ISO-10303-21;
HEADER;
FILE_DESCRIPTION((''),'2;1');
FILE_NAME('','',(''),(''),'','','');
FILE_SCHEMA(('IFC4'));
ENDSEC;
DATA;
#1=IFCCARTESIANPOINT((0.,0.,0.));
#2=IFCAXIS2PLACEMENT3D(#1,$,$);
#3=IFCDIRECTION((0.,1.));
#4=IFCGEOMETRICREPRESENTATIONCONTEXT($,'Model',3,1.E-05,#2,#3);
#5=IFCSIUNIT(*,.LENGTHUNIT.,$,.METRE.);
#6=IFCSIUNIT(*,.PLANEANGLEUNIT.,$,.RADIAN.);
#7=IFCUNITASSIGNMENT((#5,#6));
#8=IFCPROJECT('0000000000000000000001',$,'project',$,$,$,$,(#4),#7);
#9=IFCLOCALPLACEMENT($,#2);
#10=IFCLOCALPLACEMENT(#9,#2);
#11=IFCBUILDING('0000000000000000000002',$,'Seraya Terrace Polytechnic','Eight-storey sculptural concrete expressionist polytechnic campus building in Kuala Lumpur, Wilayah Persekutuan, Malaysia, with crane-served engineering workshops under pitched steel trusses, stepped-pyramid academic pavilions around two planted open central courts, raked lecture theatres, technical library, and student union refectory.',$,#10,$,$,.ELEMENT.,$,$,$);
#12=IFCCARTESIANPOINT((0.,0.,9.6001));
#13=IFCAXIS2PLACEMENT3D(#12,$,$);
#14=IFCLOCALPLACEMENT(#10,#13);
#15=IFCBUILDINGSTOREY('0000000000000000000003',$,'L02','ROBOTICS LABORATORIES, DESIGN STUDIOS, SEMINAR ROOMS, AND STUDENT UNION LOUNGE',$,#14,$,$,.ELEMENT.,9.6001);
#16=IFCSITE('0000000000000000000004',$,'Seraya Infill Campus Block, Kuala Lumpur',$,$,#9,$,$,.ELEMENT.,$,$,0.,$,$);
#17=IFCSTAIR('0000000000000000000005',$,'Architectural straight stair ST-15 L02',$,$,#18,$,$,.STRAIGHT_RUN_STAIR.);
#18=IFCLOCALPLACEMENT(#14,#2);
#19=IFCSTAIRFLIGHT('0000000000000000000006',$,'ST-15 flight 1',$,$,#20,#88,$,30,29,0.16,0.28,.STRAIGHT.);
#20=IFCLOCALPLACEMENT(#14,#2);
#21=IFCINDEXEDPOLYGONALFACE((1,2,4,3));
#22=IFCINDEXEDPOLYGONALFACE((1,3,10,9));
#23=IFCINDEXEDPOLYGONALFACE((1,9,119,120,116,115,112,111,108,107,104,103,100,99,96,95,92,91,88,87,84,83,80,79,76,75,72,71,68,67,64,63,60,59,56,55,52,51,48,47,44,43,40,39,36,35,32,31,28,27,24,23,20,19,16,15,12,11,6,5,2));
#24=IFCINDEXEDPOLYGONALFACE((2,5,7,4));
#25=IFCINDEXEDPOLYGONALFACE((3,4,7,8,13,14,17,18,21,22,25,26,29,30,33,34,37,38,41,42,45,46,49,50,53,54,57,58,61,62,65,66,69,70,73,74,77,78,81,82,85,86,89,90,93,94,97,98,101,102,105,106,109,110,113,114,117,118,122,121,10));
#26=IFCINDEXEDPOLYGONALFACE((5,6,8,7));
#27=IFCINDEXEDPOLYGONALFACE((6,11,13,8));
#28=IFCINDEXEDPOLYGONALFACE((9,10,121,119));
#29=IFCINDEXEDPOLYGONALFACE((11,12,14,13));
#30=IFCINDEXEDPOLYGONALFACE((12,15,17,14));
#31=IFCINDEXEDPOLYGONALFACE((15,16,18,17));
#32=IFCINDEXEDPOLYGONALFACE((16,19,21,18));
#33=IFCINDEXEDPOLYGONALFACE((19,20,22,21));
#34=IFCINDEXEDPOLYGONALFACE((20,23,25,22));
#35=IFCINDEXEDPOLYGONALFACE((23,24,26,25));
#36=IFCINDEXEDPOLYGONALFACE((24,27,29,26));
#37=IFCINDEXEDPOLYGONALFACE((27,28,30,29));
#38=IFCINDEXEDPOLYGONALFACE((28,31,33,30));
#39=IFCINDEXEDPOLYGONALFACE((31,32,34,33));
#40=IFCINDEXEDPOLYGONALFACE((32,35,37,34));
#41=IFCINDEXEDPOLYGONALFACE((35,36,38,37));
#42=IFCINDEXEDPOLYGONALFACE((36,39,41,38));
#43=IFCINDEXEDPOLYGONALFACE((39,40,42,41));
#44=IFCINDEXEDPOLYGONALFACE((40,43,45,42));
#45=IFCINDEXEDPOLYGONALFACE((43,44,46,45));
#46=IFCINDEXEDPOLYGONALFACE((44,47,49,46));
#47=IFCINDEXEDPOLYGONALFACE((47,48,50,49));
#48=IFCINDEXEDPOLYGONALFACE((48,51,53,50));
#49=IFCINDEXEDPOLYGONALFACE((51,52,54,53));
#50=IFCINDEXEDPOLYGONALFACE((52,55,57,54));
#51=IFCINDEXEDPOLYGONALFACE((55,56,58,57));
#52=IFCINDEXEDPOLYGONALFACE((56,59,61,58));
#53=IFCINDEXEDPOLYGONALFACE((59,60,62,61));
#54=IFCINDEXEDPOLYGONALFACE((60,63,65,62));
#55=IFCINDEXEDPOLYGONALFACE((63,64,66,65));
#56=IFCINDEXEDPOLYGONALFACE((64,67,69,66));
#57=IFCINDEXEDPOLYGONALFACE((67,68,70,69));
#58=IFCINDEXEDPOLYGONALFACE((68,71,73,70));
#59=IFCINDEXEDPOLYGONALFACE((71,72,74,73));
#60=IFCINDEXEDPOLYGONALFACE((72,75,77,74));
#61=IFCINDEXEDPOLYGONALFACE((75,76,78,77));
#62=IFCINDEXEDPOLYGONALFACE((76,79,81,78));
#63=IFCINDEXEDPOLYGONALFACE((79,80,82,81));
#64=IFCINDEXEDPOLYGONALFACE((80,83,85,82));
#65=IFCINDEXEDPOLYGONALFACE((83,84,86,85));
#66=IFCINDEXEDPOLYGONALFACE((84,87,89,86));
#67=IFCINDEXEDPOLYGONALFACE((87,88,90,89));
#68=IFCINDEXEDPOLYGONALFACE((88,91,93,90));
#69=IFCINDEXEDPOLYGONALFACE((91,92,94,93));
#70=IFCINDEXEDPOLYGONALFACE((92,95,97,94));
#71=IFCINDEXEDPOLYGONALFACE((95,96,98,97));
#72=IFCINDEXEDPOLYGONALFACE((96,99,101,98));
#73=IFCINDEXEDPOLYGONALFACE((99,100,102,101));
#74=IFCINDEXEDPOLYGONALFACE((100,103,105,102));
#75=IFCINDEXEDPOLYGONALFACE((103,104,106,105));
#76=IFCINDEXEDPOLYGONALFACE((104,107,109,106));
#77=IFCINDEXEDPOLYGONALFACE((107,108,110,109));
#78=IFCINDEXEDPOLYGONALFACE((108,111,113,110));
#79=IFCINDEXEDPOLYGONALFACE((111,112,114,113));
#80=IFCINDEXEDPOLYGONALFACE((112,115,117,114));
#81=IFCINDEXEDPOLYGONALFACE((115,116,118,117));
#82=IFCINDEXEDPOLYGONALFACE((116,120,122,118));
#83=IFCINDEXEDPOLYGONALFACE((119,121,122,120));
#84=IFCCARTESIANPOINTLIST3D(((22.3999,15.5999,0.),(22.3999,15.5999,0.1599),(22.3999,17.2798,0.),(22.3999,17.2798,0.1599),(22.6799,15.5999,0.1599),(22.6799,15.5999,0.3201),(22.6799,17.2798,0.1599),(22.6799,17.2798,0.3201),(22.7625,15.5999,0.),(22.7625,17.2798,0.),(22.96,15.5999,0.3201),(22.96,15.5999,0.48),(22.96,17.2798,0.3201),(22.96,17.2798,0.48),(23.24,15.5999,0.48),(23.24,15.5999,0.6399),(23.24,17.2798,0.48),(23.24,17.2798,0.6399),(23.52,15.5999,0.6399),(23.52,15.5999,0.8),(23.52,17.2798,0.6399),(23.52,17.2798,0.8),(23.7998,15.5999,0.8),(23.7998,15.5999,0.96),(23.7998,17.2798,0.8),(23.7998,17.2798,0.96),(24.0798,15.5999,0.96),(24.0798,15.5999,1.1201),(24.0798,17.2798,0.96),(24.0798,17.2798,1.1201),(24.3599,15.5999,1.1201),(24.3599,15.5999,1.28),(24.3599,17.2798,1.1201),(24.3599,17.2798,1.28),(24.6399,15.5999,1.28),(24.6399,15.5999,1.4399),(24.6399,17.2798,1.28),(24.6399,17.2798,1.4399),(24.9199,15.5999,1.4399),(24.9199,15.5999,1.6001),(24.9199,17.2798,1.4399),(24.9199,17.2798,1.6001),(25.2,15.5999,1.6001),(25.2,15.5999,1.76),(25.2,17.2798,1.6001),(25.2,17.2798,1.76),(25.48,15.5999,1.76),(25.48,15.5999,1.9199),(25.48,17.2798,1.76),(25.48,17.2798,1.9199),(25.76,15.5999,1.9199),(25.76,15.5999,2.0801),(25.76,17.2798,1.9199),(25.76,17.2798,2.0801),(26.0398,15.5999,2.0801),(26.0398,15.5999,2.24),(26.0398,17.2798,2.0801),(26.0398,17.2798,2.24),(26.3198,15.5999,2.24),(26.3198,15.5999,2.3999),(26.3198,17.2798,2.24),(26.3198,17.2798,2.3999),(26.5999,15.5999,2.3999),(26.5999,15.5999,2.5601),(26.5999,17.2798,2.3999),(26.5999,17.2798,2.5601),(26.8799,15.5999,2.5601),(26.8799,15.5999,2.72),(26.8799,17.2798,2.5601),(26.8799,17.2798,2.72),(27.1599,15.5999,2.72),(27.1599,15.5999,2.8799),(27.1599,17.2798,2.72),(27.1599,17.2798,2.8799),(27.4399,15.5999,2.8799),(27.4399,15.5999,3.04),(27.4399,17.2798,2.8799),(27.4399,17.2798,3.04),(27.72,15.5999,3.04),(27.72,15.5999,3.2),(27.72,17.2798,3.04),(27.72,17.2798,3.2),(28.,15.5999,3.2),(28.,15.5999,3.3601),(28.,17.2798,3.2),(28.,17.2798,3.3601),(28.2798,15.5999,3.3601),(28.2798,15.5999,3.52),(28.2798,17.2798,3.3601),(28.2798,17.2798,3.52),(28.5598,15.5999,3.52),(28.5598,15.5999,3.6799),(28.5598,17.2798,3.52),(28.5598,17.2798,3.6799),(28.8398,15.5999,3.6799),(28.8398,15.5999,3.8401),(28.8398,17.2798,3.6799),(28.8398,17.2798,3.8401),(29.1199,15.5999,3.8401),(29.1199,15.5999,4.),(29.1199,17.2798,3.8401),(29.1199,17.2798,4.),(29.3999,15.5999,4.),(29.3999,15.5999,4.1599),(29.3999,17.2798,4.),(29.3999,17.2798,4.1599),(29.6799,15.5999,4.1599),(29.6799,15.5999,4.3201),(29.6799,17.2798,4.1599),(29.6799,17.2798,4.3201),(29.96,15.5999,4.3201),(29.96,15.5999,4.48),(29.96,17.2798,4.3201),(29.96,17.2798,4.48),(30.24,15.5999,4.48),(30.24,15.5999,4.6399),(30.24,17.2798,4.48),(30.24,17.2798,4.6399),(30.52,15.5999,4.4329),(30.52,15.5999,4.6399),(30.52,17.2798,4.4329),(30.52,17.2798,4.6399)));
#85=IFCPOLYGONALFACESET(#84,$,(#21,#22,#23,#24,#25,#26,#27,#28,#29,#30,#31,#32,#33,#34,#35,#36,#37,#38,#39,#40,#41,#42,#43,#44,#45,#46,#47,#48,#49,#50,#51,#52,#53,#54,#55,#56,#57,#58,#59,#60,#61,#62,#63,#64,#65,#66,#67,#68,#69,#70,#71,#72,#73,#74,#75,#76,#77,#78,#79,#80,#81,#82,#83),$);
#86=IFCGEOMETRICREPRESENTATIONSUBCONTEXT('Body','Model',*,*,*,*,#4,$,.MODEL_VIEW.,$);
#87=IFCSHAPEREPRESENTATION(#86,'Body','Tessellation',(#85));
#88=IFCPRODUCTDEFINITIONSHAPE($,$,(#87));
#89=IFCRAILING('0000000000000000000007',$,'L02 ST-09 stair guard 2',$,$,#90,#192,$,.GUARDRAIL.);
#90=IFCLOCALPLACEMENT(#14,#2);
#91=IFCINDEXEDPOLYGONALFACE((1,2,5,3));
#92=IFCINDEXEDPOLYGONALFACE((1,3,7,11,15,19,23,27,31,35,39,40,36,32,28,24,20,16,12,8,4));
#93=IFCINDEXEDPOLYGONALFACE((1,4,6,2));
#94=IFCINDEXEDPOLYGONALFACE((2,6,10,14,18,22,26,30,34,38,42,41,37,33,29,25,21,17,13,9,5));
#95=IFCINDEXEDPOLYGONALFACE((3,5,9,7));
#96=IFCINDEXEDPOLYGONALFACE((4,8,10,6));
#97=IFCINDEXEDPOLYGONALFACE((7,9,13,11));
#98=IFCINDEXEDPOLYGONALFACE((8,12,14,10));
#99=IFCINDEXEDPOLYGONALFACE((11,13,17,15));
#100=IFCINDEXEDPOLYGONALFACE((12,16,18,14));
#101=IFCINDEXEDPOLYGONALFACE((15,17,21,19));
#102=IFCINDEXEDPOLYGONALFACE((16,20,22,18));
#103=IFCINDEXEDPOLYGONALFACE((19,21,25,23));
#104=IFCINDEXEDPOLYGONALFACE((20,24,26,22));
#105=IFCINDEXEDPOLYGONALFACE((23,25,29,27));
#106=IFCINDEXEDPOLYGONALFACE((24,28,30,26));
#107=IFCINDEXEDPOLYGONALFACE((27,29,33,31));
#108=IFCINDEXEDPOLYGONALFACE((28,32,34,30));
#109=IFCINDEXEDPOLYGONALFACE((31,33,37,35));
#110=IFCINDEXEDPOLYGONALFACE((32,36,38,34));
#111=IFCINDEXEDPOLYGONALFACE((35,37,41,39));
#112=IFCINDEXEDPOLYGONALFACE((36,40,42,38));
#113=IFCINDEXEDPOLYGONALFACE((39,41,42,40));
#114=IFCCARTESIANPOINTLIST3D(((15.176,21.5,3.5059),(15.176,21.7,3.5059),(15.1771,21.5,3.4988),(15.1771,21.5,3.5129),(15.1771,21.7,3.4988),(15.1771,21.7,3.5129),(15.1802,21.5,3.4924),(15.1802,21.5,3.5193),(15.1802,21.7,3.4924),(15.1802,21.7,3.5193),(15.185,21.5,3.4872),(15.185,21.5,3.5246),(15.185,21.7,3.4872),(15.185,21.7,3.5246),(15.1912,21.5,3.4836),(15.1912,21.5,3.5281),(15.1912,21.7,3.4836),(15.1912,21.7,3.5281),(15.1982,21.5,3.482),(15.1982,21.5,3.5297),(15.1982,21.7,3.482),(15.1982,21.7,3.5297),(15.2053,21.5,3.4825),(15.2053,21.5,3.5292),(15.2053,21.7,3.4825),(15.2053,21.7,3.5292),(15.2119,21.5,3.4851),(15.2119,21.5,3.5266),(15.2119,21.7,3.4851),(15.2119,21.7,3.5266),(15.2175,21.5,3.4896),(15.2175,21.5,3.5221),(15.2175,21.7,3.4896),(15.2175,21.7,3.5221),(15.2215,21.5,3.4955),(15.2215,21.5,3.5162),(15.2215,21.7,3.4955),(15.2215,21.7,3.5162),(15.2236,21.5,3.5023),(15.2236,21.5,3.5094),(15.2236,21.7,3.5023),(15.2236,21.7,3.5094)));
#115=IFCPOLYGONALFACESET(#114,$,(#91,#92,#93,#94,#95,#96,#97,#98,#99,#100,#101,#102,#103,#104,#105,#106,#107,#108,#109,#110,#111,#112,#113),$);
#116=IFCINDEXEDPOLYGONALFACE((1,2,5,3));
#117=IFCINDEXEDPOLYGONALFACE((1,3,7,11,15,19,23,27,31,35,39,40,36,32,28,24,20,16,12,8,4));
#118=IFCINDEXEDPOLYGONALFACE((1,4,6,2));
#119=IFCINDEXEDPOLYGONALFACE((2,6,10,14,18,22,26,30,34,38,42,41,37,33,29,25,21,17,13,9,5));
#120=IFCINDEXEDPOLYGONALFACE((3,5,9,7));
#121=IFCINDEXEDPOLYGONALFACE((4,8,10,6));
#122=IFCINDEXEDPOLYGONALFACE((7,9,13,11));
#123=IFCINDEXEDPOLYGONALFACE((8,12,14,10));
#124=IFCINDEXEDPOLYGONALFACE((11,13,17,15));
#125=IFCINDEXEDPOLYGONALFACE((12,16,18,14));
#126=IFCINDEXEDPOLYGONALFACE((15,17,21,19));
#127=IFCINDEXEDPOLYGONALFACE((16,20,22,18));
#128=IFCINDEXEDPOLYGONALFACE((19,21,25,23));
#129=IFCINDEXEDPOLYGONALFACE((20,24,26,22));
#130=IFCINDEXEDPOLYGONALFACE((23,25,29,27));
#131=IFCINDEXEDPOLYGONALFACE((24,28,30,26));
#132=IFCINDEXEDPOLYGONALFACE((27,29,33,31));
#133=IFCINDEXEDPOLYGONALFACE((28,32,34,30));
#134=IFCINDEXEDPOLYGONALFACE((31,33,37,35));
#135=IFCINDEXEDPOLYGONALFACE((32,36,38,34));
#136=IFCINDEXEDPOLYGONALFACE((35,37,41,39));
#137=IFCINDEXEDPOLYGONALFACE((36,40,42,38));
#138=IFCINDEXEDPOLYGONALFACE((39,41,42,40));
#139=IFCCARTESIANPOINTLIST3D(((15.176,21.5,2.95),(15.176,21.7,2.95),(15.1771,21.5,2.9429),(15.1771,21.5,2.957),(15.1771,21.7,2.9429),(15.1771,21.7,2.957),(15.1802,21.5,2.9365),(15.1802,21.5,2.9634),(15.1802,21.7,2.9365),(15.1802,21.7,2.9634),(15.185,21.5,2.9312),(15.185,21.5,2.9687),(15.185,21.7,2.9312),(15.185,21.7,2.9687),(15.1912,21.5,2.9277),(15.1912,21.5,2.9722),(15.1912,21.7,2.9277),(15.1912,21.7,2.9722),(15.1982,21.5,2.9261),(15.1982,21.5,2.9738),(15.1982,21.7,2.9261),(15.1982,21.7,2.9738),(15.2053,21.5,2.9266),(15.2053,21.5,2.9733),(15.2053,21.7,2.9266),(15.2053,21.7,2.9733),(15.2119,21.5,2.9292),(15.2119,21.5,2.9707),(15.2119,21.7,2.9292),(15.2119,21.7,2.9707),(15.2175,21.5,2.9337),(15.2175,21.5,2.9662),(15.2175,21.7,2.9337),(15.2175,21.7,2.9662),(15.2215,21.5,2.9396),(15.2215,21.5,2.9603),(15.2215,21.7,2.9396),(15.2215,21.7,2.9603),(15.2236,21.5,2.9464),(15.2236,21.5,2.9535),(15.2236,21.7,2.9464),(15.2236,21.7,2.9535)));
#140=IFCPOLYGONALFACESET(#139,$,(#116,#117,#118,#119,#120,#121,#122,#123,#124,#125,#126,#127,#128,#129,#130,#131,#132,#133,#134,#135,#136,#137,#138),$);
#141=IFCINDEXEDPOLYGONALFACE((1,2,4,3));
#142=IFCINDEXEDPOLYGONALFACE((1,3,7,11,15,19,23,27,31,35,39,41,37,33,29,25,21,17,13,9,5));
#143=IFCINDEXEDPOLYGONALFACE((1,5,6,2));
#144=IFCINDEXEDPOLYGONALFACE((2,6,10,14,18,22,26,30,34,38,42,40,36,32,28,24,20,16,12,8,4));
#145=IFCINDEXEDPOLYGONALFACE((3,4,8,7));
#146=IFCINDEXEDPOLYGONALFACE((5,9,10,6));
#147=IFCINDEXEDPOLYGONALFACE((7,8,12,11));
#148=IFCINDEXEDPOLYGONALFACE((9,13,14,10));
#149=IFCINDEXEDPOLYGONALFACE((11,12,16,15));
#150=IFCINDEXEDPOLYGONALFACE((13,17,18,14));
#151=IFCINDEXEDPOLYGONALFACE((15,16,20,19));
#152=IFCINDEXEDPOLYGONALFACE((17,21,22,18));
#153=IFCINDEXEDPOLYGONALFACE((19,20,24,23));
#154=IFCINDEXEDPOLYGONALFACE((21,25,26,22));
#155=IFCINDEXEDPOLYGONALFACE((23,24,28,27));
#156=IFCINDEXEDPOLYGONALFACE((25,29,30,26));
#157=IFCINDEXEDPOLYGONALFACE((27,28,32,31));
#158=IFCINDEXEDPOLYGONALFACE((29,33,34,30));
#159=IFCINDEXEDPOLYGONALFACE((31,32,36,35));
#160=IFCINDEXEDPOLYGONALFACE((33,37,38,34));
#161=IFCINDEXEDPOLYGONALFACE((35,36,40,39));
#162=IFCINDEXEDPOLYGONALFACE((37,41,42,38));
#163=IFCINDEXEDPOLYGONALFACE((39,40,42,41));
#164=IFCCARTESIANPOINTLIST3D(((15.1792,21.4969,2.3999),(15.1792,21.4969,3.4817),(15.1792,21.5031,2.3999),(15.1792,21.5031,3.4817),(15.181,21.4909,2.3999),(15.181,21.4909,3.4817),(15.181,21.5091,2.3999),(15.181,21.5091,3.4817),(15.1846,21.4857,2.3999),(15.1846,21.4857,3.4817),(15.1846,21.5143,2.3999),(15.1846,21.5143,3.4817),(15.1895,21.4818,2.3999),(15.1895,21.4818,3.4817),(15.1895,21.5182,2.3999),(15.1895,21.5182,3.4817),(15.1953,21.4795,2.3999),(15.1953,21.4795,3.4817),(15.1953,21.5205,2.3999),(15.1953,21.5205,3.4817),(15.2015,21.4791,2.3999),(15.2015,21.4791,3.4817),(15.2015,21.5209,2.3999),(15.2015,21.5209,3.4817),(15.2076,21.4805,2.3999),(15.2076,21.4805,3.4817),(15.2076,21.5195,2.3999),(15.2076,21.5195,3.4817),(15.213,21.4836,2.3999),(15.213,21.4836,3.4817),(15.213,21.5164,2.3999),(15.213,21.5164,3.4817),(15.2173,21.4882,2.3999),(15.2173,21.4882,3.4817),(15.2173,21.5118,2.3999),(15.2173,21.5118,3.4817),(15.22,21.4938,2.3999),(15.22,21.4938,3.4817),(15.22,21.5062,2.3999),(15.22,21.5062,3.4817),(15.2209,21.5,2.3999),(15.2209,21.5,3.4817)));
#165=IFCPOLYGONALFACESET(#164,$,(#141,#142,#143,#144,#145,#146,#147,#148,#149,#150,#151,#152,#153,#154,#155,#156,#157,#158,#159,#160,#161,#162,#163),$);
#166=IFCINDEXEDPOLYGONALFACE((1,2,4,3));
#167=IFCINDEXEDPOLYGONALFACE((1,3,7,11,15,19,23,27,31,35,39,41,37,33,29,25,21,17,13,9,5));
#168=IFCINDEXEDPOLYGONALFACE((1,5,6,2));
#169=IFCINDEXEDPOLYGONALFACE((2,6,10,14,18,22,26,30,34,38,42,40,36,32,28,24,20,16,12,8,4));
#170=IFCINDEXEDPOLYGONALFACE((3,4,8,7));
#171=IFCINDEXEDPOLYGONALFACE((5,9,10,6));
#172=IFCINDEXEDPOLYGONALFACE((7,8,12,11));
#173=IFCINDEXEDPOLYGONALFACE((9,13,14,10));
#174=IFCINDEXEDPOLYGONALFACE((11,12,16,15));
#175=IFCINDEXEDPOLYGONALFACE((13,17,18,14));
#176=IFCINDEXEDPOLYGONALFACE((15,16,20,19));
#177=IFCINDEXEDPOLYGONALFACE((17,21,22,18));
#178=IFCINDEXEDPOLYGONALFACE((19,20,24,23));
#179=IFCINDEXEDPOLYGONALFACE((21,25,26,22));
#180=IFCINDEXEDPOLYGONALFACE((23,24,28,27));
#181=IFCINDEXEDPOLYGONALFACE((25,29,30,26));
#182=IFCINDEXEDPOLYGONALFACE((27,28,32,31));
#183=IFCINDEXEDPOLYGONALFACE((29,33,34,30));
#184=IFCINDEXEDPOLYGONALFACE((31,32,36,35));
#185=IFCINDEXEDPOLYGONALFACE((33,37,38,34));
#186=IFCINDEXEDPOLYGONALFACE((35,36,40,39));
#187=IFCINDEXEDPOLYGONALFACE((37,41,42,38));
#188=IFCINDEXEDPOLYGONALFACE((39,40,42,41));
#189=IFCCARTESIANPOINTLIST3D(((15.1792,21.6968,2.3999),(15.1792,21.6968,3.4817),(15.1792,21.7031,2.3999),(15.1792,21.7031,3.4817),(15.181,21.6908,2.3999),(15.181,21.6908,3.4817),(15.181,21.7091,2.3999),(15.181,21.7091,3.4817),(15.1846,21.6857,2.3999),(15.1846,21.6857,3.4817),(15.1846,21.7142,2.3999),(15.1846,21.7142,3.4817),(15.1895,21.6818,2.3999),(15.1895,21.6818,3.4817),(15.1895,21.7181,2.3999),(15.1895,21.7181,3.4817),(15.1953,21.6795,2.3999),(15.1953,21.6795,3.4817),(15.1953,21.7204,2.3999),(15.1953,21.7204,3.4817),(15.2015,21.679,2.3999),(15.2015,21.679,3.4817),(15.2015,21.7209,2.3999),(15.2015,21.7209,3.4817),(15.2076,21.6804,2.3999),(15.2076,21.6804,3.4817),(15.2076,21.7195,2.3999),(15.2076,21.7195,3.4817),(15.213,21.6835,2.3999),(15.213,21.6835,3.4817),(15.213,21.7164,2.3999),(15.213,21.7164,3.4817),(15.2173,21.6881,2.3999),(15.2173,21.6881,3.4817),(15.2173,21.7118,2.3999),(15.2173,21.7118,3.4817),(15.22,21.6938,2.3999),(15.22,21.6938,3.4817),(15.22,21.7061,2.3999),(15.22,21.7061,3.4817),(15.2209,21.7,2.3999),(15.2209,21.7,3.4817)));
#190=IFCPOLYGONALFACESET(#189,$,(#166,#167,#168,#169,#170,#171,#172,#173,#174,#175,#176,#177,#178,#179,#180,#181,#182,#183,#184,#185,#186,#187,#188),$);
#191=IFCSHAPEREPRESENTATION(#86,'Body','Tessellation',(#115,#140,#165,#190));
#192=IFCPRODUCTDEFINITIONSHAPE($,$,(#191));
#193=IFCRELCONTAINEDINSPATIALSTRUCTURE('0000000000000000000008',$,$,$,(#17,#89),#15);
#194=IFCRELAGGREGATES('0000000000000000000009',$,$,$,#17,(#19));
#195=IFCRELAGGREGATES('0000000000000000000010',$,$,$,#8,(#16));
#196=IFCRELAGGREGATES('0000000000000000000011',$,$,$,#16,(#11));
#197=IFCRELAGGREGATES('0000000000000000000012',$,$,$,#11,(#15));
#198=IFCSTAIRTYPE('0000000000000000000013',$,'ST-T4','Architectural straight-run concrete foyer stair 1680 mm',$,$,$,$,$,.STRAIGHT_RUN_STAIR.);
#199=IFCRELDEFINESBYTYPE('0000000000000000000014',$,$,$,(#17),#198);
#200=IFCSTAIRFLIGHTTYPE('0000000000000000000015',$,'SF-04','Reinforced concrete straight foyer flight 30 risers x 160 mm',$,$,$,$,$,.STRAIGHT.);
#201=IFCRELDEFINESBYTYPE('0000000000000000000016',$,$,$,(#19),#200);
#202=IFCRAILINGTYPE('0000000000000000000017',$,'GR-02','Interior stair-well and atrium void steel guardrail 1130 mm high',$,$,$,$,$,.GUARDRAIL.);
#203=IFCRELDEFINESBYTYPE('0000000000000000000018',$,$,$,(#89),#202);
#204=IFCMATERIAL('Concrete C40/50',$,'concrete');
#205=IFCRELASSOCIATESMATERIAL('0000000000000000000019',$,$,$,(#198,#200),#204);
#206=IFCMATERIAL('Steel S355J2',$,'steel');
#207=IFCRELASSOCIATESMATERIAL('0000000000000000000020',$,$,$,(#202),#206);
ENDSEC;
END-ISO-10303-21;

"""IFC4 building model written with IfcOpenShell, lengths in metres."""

from ifc_helpers import new_model, si_unit, direction, frame, origin, origin_2d, place, context, subcontext, project, spatial, polyline, circle, outline, extrude, material, type_object, element, aggregate, save


model = new_model("IFC4")

# Units and contexts
model_context = context("Model", 3, precision=1e-05, world=origin(), true_north=direction((0.0, 1.0)))
body_context = subcontext(model_context, "Body", "Model", "MODEL_VIEW")
ifc_project = project(units=[si_unit("LENGTHUNIT", "METRE"), si_unit("PLANEANGLEUNIT", "RADIAN")], contexts=[model_context])

# Site, building, storey
site_placement = place(None, origin())
site = spatial("IfcSite", under=ifc_project, at=site_placement, Name="Seraya Infill Campus Block, Kuala Lumpur", CompositionType="ELEMENT", RefElevation=0.0)
building_placement = place(site_placement, origin())
building = spatial("IfcBuilding", under=site, at=building_placement, Name="Seraya Terrace Polytechnic", Description="Eight-storey sculptural concrete expressionist polytechnic campus building in Kuala Lumpur, Wilayah Persekutuan, Malaysia, with crane-served engineering workshops under pitched steel trusses, stepped-pyramid academic pavilions around two planted open central courts, raked lecture theatres, technical library, and student union refectory.", CompositionType="ELEMENT")
storey_placement = place(building_placement, frame((0.0, 0.0, 9.6001)))
storey = spatial("IfcBuildingStorey", under=building, at=storey_placement, Name="L02", Description="ROBOTICS LABORATORIES, DESIGN STUDIOS, SEMINAR ROOMS, AND STUDENT UNION LOUNGE", CompositionType="ELEMENT", Elevation=9.6001)

# Shared definitions
ifc_material_1 = material(Name="Concrete C40/50", Category="concrete")

# Stair, stair flight
stair_type_1 = type_object("IfcStairType", Name="ST-T4", Description="Architectural straight-run concrete foyer stair 1680 mm", PredefinedType="STRAIGHT_RUN_STAIR", material=ifc_material_1)
stair_1_placement = place(storey_placement, origin())
stair_1 = element("IfcStair", 1, at=stair_1_placement, inside=storey, type_object=stair_type_1, Name="Architectural straight stair ST-15 L02", PredefinedType="STRAIGHT_RUN_STAIR")
stair_flight_type_1 = type_object("IfcStairFlightType", Name="SF-04", Description="Reinforced concrete straight foyer flight 30 risers x 160 mm", PredefinedType="STRAIGHT", material=ifc_material_1)
stair_flight_1_placement = place(storey_placement, frame((22.3999, 16.4399, 0.0), z_axis=(0.0, 0.0, 1.0), x_axis=(1.0, 0.0, 0.0)))
stair_flight_1 = element("IfcStairFlight", 2, at=stair_flight_1_placement, type_object=stair_flight_type_1, Name="ST-15 flight 1", NumberOfRisers=30, NumberOfTreads=29, PredefinedType="STRAIGHT", RiserHeight=0.16, TreadLength=0.28, context=body_context, shape_type="SweptSolid", body=[
    extrude(outline(polyline([(0.0, 0.0), (0.0, 0.1599), (0.28, 0.1599), (0.28, 0.3201), (0.5601, 0.3201), (0.5601, 0.48), (0.8401, 0.48), (0.8401, 0.6399), (1.1201, 0.6399), (1.1201, 0.8), (1.3999, 0.8), (1.3999, 0.96), (1.6799, 0.96), (1.6799, 1.1201), (1.96, 1.1201), (1.96, 1.28), (2.24, 1.28), (2.24, 1.4399), (2.52, 1.4399), (2.52, 1.6001), (2.8, 1.6001), (2.8, 1.76), (3.0801, 1.76), (3.0801, 1.9199), (3.3601, 1.9199), (3.3601, 2.0801), (3.6399, 2.0801), (3.6399, 2.24), (3.9199, 2.24), (3.9199, 2.3999), (4.2, 2.3999), (4.2, 2.5601), (4.48, 2.5601), (4.48, 2.72), (4.76, 2.72), (4.76, 2.8799), (5.04, 2.8799), (5.04, 3.04), (5.3201, 3.04), (5.3201, 3.2), (5.6001, 3.2), (5.6001, 3.3601), (5.8799, 3.3601), (5.8799, 3.52), (6.1599, 3.52), (6.1599, 3.6799), (6.4399, 3.6799), (6.4399, 3.8401), (6.72, 3.8401), (6.72, 4.0), (7.0, 4.0), (7.0, 4.1599), (7.28, 4.1599), (7.28, 4.3201), (7.5601, 4.3201), (7.5601, 4.48), (7.8401, 4.48), (7.8401, 4.6399), (8.1201, 4.6399), (8.1201, 4.8), (8.1201, 4.4329), (0.3625, 0.0), (0.0, 0.0)])), frame((0.0, 0.8398, 0.0), z_axis=(0.0, -1.0, 0.0), x_axis=(1.0, 0.0, 0.0)), (0.0, 0.0, 1.0), 1.6799),
])
aggregate(stair_1, [stair_flight_1])

# Railing
ifc_material_2 = material(Name="Steel S355J2", Category="steel")
railing_type_1 = type_object("IfcRailingType", Name="GR-02", Description="Interior stair-well and atrium void steel guardrail 1130 mm high", PredefinedType="GUARDRAIL", material=ifc_material_2)
railing_1_placement = place(storey_placement, frame((15.2, 21.5, 2.3999)))
element("IfcRailing", 3, at=railing_1_placement, inside=storey, type_object=railing_type_1, Name="L02 ST-09 stair guard 2", PredefinedType="GUARDRAIL", context=body_context, shape_type="SweptSolid", body=[
    extrude(circle(Radius=0.0239, at=origin_2d()), frame((0.0, 0.0, 1.106), z_axis=(0.0, 1.0, 0.0), x_axis=(-1.0, 0.0, 0.0)), (0.0, 0.0, 1.0), 0.2),
    extrude(circle(Radius=0.0239, at=origin_2d()), frame((0.0, 0.0, 0.55), z_axis=(0.0, 1.0, 0.0), x_axis=(-1.0, 0.0, 0.0)), (0.0, 0.0, 1.0), 0.2),
    extrude(circle(Radius=0.021, at=origin_2d()), origin(), (0.0, 0.0, 1.0), 1.0818),
    extrude(circle(Radius=0.021, at=origin_2d()), frame((0.0, 0.2, 0.0)), (0.0, 0.0, 1.0), 1.0818),
])

save(model, "model.ifc")
